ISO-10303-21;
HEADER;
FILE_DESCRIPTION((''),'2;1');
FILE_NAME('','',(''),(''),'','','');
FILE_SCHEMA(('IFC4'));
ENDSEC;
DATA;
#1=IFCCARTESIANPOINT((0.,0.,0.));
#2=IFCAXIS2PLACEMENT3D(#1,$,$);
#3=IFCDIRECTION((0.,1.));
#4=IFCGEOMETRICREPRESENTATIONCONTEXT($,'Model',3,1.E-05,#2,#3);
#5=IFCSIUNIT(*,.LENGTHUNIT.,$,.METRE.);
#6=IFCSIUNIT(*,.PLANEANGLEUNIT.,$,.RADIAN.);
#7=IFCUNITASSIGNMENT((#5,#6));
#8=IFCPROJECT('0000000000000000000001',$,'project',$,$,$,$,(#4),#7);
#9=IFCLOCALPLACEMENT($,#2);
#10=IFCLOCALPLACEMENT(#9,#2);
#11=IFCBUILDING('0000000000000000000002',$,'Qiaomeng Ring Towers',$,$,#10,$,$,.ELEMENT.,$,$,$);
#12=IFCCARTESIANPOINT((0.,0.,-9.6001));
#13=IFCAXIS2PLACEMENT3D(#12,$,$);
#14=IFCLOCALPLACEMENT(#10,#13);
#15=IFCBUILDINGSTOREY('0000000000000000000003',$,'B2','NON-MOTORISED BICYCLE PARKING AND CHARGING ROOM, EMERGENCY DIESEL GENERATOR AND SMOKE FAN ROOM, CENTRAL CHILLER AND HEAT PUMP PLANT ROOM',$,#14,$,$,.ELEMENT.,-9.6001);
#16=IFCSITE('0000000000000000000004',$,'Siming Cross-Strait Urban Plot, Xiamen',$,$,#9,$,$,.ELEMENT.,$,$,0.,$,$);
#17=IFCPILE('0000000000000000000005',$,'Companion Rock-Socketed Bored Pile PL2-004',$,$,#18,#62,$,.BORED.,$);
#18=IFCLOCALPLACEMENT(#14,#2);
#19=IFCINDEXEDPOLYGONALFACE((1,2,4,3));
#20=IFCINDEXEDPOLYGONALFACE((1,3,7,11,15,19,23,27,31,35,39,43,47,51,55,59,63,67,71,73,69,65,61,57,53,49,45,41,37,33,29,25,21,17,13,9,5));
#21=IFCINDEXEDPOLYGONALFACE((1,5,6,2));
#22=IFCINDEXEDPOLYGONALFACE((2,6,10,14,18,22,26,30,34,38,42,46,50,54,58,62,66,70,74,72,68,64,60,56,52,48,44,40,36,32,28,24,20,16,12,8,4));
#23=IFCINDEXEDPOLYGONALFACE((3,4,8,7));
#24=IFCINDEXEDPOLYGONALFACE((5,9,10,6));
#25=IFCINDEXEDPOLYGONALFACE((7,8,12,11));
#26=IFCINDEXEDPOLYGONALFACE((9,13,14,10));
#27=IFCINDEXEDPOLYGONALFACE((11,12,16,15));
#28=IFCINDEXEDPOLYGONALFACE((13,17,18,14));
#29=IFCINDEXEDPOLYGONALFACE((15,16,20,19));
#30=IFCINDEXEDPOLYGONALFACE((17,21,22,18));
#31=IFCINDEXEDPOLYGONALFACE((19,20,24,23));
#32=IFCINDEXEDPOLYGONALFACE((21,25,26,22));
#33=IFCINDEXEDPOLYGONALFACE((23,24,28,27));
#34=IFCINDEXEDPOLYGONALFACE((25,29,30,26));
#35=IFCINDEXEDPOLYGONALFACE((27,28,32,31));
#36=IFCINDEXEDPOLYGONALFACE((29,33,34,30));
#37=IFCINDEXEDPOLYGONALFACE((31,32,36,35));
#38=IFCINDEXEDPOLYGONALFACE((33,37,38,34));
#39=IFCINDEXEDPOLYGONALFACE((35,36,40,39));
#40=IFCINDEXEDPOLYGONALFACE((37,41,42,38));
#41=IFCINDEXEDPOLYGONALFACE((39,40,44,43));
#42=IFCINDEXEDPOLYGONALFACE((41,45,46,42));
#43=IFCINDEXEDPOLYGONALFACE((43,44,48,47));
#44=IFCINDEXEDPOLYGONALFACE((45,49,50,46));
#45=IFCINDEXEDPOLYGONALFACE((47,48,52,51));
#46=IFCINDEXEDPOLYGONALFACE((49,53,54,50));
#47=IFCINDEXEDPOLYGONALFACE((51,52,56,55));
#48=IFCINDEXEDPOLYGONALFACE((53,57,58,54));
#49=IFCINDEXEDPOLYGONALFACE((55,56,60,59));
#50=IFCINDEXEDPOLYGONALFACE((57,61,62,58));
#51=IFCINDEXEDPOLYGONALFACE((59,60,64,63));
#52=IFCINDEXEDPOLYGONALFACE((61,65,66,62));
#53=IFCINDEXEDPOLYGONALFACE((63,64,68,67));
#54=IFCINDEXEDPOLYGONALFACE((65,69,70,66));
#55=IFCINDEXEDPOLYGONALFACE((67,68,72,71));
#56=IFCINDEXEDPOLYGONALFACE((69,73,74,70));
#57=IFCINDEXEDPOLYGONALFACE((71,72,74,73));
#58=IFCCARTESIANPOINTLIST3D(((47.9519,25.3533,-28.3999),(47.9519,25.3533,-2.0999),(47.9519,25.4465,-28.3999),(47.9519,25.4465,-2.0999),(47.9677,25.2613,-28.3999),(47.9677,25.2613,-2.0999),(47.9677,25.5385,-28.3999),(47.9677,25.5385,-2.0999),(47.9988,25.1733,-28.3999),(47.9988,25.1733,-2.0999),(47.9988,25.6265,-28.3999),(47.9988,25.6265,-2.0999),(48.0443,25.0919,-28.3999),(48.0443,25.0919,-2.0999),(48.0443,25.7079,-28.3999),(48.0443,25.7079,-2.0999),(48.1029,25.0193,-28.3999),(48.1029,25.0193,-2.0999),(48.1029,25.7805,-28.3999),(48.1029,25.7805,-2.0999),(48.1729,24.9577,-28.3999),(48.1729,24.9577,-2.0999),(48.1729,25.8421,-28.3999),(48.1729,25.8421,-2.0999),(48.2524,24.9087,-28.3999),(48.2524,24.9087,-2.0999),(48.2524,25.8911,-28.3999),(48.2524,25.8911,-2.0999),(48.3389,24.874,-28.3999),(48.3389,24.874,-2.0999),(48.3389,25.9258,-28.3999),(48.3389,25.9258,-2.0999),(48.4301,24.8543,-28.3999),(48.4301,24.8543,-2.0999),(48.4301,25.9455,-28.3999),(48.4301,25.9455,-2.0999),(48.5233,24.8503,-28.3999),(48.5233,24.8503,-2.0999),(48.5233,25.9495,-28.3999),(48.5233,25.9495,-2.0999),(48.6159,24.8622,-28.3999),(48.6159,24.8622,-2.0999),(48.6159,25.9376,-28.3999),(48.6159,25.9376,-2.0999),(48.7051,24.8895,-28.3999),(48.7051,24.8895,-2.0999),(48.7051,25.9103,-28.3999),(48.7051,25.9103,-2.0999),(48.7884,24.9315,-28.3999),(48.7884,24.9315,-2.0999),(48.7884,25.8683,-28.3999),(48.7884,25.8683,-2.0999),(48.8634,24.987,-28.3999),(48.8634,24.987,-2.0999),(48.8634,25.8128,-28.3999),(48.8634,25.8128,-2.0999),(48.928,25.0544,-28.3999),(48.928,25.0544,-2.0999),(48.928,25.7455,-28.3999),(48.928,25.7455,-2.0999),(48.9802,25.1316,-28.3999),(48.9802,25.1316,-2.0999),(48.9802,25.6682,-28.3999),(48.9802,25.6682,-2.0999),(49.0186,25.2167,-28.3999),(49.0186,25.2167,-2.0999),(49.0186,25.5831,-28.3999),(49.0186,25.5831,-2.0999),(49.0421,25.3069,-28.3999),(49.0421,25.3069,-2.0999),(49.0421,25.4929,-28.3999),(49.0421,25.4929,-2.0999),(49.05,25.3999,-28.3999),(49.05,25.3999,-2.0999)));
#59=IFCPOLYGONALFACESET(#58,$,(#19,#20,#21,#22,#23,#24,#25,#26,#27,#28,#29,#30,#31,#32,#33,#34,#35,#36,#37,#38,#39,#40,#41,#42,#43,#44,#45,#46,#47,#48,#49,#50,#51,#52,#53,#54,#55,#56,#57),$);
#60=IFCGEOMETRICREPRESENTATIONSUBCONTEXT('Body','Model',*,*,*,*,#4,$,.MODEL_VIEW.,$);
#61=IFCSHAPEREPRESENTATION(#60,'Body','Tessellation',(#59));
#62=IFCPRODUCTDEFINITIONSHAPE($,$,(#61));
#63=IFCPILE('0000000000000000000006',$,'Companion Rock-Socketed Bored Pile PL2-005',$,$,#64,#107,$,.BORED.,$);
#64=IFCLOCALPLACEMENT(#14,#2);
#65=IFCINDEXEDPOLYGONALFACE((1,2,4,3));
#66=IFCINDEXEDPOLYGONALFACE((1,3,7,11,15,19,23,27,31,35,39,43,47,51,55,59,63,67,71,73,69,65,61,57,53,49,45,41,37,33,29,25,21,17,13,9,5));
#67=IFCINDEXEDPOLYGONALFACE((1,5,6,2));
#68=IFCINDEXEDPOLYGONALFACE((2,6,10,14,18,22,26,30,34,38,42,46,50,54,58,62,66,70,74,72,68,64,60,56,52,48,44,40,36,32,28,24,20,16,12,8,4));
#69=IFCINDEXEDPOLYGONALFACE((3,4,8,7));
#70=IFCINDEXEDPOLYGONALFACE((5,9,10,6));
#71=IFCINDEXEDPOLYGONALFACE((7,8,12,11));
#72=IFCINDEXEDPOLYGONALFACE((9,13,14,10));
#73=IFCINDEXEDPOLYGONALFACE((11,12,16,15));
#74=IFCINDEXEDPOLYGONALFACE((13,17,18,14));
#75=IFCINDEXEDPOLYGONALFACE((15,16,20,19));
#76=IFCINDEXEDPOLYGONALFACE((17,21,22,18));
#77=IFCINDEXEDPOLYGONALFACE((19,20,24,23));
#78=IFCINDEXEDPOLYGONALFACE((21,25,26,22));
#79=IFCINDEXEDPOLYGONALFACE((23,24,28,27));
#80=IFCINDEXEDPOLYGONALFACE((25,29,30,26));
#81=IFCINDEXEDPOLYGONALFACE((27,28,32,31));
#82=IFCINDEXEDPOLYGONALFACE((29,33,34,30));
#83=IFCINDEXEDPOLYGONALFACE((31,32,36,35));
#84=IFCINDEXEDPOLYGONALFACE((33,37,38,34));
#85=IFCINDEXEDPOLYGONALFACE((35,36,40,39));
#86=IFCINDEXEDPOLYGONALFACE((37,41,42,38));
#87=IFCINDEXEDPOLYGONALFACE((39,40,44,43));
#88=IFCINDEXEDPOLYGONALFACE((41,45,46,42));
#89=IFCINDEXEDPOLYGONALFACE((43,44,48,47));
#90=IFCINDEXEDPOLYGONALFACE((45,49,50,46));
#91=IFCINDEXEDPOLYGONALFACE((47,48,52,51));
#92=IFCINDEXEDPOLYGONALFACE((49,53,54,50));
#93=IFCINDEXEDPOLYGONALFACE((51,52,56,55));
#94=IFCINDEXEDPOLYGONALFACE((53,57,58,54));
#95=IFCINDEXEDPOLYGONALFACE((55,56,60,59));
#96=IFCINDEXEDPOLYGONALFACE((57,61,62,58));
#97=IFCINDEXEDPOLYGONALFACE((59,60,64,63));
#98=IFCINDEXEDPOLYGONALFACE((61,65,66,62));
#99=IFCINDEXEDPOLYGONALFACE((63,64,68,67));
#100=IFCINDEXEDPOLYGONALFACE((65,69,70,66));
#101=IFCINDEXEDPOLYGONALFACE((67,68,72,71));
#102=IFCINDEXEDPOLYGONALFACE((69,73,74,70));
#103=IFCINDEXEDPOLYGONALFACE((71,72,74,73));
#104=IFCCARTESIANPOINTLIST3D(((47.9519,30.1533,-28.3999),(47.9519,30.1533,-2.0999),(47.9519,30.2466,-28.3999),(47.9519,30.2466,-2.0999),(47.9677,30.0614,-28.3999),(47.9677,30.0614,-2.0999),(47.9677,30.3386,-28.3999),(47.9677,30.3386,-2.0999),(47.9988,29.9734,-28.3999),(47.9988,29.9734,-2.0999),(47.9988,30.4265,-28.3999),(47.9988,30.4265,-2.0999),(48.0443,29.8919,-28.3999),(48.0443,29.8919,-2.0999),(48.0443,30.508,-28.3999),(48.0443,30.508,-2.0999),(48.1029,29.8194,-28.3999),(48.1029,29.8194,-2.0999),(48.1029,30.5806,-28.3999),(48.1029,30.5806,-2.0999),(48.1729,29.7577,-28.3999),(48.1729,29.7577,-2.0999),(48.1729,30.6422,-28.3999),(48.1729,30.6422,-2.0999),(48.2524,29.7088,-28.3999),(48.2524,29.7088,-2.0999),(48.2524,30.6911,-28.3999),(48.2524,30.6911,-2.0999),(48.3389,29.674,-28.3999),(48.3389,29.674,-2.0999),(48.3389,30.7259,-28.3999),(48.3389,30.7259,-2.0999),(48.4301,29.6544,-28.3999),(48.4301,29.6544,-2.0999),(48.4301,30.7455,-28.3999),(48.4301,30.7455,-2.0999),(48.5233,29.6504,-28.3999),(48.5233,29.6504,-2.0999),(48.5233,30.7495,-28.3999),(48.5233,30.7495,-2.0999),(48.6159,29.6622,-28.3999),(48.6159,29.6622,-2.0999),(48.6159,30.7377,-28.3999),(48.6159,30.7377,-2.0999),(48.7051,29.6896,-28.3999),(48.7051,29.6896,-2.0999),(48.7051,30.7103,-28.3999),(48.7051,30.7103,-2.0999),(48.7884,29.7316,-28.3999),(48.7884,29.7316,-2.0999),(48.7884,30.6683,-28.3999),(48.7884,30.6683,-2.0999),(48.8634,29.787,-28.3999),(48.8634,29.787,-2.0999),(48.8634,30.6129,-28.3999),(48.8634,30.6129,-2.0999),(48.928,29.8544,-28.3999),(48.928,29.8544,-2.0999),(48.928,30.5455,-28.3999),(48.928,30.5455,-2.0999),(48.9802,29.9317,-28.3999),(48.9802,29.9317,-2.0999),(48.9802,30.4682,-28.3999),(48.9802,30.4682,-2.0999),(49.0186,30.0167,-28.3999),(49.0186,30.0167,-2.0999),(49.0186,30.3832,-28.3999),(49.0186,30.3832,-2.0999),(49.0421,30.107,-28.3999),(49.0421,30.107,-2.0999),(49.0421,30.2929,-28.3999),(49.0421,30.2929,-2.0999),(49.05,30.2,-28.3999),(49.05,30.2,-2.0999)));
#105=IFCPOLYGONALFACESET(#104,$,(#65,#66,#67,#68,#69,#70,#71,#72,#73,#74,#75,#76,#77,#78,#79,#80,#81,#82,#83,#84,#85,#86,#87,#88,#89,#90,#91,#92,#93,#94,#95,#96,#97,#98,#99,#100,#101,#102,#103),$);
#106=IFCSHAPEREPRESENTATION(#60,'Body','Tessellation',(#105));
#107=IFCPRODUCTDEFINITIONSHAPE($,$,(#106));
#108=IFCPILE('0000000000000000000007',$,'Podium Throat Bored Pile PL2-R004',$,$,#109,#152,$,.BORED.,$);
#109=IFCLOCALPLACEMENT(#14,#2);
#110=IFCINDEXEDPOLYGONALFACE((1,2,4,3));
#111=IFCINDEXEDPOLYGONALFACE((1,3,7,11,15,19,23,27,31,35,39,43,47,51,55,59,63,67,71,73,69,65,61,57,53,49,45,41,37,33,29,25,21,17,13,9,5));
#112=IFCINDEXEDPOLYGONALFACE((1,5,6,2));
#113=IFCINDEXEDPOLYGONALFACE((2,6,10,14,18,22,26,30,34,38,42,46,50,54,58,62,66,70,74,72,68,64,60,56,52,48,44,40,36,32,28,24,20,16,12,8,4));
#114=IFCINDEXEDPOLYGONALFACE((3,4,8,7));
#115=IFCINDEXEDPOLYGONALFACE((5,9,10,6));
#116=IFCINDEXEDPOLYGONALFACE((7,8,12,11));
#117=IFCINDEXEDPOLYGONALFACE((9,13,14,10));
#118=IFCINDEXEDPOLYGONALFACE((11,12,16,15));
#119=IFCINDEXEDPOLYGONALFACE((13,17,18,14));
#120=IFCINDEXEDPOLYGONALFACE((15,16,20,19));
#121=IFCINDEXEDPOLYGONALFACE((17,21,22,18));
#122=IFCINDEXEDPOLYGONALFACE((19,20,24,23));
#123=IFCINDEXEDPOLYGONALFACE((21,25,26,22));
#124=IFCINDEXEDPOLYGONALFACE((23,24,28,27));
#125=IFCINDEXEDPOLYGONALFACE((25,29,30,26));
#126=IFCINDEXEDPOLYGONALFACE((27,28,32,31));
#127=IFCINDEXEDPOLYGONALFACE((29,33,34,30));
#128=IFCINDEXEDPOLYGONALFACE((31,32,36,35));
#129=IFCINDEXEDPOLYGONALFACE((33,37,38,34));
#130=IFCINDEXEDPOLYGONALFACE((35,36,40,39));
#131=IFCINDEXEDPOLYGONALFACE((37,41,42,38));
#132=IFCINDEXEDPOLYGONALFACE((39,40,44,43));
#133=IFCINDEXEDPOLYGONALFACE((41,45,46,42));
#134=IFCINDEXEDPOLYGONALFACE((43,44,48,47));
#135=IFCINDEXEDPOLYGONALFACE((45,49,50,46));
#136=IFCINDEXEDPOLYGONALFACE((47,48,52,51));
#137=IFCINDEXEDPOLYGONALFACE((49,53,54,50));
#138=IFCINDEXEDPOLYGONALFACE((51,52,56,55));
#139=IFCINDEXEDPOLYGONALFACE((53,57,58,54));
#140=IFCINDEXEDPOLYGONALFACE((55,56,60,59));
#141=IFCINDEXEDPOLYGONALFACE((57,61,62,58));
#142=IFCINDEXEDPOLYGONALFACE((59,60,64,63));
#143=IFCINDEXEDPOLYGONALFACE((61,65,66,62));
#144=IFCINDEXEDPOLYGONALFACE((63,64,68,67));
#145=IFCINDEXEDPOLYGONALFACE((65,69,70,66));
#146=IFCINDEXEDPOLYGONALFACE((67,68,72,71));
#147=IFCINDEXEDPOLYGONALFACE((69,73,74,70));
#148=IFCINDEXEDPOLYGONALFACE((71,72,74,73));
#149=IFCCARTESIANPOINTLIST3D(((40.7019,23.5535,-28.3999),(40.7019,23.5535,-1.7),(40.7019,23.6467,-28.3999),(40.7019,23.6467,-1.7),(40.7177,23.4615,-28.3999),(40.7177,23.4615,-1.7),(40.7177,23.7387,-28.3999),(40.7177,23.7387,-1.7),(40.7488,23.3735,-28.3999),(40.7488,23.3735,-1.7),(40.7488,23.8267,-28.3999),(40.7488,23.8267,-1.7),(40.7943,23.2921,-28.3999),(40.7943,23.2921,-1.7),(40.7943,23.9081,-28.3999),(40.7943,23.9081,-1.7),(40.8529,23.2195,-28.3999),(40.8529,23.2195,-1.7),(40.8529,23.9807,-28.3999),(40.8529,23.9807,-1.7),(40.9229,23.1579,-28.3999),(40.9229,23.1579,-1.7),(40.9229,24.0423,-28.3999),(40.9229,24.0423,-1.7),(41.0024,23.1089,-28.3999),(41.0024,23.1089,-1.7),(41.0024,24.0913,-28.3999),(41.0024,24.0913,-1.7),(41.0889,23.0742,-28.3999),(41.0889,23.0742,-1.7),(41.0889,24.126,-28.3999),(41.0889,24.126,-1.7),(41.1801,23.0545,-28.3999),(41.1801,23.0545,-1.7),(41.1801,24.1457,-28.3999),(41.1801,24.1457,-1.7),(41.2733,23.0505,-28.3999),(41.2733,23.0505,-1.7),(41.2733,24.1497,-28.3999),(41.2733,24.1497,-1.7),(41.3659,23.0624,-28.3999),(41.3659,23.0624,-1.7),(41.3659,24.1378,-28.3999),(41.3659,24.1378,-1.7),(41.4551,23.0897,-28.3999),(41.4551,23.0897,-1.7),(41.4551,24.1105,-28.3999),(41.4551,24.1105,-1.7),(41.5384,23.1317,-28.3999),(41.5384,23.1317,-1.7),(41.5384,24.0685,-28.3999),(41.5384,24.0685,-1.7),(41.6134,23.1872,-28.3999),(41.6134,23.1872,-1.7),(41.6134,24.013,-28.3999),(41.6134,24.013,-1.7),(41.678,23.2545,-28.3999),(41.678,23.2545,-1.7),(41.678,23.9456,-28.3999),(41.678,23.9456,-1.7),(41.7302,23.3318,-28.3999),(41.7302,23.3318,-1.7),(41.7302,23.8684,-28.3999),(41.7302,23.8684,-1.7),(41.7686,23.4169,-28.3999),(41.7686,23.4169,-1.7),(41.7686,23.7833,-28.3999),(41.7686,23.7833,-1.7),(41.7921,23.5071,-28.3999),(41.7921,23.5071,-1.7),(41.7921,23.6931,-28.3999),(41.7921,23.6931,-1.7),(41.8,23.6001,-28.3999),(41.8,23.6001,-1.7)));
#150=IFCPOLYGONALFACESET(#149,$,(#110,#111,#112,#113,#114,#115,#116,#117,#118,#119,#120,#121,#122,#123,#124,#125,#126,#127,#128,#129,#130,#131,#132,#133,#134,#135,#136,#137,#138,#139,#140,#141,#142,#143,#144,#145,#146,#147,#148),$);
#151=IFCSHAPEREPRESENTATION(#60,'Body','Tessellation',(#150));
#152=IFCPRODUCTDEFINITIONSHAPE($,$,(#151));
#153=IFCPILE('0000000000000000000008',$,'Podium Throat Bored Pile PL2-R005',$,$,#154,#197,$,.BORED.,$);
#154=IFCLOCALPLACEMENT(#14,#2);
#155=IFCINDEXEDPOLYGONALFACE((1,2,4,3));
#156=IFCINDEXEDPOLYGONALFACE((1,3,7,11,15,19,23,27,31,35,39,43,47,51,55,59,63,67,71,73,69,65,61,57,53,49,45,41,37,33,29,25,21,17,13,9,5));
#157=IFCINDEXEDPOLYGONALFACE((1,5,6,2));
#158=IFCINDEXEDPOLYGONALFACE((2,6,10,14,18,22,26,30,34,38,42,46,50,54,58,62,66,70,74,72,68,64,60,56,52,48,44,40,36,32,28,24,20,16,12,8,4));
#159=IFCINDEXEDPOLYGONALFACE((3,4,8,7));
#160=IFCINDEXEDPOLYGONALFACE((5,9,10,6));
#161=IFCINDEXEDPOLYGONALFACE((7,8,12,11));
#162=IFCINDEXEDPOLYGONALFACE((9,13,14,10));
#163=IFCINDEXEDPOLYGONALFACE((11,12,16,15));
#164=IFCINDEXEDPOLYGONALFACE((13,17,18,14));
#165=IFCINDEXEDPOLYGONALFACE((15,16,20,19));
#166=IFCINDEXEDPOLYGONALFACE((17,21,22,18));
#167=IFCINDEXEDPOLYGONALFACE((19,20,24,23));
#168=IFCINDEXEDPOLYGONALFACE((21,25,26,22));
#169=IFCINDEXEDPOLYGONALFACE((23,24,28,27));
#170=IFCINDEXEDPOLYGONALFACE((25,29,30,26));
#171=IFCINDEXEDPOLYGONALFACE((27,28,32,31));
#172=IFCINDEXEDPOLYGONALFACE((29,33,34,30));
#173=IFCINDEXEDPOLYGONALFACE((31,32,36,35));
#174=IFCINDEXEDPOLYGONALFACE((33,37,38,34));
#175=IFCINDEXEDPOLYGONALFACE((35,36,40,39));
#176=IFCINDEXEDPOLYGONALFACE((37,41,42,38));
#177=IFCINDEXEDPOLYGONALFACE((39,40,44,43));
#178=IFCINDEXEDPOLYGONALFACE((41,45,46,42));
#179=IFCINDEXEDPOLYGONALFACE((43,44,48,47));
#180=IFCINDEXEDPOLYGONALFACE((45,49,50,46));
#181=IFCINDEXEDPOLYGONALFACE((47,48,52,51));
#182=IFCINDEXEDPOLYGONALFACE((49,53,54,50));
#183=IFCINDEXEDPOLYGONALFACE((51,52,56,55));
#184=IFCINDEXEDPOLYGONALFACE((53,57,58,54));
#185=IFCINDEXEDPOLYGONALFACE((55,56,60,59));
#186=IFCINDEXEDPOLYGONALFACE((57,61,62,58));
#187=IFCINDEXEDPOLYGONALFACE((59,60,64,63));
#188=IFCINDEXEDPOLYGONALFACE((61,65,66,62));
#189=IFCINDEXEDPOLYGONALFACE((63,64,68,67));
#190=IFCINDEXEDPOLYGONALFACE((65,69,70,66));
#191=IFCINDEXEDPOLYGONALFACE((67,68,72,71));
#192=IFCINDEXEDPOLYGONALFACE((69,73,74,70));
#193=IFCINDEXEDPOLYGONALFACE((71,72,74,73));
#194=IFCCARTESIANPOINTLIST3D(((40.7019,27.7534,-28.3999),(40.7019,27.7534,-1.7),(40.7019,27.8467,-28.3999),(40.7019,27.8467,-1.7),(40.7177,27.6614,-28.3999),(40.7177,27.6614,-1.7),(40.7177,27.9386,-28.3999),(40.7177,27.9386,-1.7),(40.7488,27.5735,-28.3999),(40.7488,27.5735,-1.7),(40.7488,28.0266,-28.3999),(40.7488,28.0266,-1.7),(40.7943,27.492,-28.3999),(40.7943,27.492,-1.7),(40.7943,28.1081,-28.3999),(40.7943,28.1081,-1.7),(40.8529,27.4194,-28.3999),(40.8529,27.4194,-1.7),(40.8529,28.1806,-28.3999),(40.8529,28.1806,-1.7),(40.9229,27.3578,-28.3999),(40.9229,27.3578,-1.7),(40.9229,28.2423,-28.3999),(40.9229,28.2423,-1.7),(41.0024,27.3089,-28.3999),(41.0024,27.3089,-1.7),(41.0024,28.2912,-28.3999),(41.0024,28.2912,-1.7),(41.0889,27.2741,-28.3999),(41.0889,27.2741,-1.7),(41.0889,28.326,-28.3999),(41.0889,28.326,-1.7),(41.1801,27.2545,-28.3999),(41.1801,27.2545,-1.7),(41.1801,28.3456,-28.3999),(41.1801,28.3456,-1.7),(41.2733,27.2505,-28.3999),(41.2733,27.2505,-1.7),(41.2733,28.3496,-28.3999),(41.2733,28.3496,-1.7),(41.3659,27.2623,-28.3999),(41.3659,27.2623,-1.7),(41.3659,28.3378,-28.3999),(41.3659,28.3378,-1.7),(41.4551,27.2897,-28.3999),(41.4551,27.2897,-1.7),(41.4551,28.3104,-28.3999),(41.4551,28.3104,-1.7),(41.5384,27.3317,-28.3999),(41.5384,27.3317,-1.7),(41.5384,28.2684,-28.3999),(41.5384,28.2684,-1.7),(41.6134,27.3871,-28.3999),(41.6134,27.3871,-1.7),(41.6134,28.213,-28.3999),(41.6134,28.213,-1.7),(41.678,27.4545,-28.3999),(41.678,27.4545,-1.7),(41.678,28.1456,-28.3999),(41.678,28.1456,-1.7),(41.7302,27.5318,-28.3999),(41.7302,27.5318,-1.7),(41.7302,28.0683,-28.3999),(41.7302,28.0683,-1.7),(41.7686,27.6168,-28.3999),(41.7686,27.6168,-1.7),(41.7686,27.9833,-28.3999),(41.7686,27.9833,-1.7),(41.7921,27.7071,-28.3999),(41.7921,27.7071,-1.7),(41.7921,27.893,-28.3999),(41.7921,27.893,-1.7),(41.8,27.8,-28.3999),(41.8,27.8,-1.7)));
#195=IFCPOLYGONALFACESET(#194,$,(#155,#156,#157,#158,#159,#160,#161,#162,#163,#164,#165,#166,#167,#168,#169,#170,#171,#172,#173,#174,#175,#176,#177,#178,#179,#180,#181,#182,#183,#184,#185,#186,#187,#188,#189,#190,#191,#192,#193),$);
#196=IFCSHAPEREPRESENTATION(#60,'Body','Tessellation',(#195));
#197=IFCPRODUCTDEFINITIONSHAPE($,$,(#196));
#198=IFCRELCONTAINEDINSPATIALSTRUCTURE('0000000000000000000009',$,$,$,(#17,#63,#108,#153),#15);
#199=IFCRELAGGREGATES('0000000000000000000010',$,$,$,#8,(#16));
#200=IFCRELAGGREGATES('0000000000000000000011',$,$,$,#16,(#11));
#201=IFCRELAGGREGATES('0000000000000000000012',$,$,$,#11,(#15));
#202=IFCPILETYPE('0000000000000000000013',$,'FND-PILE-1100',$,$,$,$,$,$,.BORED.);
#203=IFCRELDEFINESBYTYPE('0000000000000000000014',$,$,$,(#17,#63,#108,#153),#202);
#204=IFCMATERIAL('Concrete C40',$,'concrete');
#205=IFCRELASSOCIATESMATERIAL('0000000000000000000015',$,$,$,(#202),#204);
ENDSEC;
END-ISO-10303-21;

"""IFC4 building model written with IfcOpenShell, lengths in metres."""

from ifc_helpers import new_model, si_unit, direction, frame, origin, origin_2d, place, context, subcontext, project, spatial, circle, extrude, source, transform, mapped, material, material_profile, profile_set, type_object, element, save


model = new_model("IFC4")

# Units and contexts
model_context = context("Model", 3, precision=1e-05, world=origin(), true_north=direction((0.0, 1.0)))
body_context = subcontext(model_context, "Body", "Model", "MODEL_VIEW")
ifc_project = project(units=[si_unit("LENGTHUNIT", "METRE"), si_unit("PLANEANGLEUNIT", "RADIAN")], contexts=[model_context])

# Site, building, storey
site_placement = place(None, origin())
site = spatial("IfcSite", under=ifc_project, at=site_placement, Name="Siming Cross-Strait Urban Plot, Xiamen", CompositionType="ELEMENT", RefElevation=0.0)
building_placement = place(site_placement, origin())
building = spatial("IfcBuilding", under=site, at=building_placement, Name="Qiaomeng Ring Towers", CompositionType="ELEMENT")
storey_placement = place(building_placement, frame((0.0, 0.0, -9.6001)))
storey = spatial("IfcBuildingStorey", under=building, at=storey_placement, Name="B2", Description="NON-MOTORISED BICYCLE PARKING AND CHARGING ROOM, EMERGENCY DIESEL GENERATOR AND SMOKE FAN ROOM, CENTRAL CHILLER AND HEAT PUMP PLANT ROOM", CompositionType="ELEMENT", Elevation=-9.6001)

# Piles
ifc_material_1 = material(Name="Concrete C40", Category="concrete")
ifc_material_profile_1 = material_profile(ifc_material_1, circle(Radius=0.55, at=origin_2d()), Name="BORED PILE 1100")
ifc_profile_set_1 = profile_set([ifc_material_profile_1], Name="Concrete C40")
pile_type = type_object("IfcPileType", Name="FND-PILE-1100", PredefinedType="BORED", material=ifc_profile_set_1)
shared_shape_1 = source(origin(), body_context, "Body", "SweptSolid", [
    extrude(circle(Radius=0.55, at=origin_2d()), origin(), (0.0, 0.0, 1.0), 26.3),
])
for number, where, z_axis, x_axis, name in (
    (1, (48.5, 25.3999, -2.0999), (0.0, 0.0, -1.0), (1.0, 0.0, 0.0), "Companion Rock-Socketed Bored Pile PL2-004"),
    (2, (48.5, 30.2, -2.0999), (0.0, 0.0, -1.0), (1.0, 0.0, 0.0), "Companion Rock-Socketed Bored Pile PL2-005"),
):
    element("IfcPile", number, at=place(storey_placement, frame(where, z_axis=z_axis, x_axis=x_axis)), inside=storey, type_object=pile_type, Name=name, PredefinedType="BORED", context=body_context, shape_type="MappedRepresentation", body=[
        mapped(shared_shape_1, transform((0.0, 0.0, 0.0), x_axis=(1.0, 0.0, 0.0), y_axis=(0.0, 1.0, 0.0), z_axis=(0.0, 0.0, 1.0), scale=1.0)),
    ])
shared_shape_2 = source(origin(), body_context, "Body", "SweptSolid", [
    extrude(circle(Radius=0.55, at=origin_2d()), origin(), (0.0, 0.0, 1.0), 26.7),
])
for number, where, z_axis, x_axis, name in (
    (3, (41.25, 23.6001, -1.7), (0.0, 0.0, -1.0), (1.0, 0.0, 0.0), "Podium Throat Bored Pile PL2-R004"),
    (4, (41.25, 27.8, -1.7), (0.0, 0.0, -1.0), (1.0, 0.0, 0.0), "Podium Throat Bored Pile PL2-R005"),
):
    element("IfcPile", number, at=place(storey_placement, frame(where, z_axis=z_axis, x_axis=x_axis)), inside=storey, type_object=pile_type, Name=name, PredefinedType="BORED", context=body_context, shape_type="MappedRepresentation", body=[
        mapped(shared_shape_2, transform((0.0, 0.0, 0.0), x_axis=(1.0, 0.0, 0.0), y_axis=(0.0, 1.0, 0.0), z_axis=(0.0, 0.0, 1.0), scale=1.0)),
    ])

save(model, "model.ifc")
